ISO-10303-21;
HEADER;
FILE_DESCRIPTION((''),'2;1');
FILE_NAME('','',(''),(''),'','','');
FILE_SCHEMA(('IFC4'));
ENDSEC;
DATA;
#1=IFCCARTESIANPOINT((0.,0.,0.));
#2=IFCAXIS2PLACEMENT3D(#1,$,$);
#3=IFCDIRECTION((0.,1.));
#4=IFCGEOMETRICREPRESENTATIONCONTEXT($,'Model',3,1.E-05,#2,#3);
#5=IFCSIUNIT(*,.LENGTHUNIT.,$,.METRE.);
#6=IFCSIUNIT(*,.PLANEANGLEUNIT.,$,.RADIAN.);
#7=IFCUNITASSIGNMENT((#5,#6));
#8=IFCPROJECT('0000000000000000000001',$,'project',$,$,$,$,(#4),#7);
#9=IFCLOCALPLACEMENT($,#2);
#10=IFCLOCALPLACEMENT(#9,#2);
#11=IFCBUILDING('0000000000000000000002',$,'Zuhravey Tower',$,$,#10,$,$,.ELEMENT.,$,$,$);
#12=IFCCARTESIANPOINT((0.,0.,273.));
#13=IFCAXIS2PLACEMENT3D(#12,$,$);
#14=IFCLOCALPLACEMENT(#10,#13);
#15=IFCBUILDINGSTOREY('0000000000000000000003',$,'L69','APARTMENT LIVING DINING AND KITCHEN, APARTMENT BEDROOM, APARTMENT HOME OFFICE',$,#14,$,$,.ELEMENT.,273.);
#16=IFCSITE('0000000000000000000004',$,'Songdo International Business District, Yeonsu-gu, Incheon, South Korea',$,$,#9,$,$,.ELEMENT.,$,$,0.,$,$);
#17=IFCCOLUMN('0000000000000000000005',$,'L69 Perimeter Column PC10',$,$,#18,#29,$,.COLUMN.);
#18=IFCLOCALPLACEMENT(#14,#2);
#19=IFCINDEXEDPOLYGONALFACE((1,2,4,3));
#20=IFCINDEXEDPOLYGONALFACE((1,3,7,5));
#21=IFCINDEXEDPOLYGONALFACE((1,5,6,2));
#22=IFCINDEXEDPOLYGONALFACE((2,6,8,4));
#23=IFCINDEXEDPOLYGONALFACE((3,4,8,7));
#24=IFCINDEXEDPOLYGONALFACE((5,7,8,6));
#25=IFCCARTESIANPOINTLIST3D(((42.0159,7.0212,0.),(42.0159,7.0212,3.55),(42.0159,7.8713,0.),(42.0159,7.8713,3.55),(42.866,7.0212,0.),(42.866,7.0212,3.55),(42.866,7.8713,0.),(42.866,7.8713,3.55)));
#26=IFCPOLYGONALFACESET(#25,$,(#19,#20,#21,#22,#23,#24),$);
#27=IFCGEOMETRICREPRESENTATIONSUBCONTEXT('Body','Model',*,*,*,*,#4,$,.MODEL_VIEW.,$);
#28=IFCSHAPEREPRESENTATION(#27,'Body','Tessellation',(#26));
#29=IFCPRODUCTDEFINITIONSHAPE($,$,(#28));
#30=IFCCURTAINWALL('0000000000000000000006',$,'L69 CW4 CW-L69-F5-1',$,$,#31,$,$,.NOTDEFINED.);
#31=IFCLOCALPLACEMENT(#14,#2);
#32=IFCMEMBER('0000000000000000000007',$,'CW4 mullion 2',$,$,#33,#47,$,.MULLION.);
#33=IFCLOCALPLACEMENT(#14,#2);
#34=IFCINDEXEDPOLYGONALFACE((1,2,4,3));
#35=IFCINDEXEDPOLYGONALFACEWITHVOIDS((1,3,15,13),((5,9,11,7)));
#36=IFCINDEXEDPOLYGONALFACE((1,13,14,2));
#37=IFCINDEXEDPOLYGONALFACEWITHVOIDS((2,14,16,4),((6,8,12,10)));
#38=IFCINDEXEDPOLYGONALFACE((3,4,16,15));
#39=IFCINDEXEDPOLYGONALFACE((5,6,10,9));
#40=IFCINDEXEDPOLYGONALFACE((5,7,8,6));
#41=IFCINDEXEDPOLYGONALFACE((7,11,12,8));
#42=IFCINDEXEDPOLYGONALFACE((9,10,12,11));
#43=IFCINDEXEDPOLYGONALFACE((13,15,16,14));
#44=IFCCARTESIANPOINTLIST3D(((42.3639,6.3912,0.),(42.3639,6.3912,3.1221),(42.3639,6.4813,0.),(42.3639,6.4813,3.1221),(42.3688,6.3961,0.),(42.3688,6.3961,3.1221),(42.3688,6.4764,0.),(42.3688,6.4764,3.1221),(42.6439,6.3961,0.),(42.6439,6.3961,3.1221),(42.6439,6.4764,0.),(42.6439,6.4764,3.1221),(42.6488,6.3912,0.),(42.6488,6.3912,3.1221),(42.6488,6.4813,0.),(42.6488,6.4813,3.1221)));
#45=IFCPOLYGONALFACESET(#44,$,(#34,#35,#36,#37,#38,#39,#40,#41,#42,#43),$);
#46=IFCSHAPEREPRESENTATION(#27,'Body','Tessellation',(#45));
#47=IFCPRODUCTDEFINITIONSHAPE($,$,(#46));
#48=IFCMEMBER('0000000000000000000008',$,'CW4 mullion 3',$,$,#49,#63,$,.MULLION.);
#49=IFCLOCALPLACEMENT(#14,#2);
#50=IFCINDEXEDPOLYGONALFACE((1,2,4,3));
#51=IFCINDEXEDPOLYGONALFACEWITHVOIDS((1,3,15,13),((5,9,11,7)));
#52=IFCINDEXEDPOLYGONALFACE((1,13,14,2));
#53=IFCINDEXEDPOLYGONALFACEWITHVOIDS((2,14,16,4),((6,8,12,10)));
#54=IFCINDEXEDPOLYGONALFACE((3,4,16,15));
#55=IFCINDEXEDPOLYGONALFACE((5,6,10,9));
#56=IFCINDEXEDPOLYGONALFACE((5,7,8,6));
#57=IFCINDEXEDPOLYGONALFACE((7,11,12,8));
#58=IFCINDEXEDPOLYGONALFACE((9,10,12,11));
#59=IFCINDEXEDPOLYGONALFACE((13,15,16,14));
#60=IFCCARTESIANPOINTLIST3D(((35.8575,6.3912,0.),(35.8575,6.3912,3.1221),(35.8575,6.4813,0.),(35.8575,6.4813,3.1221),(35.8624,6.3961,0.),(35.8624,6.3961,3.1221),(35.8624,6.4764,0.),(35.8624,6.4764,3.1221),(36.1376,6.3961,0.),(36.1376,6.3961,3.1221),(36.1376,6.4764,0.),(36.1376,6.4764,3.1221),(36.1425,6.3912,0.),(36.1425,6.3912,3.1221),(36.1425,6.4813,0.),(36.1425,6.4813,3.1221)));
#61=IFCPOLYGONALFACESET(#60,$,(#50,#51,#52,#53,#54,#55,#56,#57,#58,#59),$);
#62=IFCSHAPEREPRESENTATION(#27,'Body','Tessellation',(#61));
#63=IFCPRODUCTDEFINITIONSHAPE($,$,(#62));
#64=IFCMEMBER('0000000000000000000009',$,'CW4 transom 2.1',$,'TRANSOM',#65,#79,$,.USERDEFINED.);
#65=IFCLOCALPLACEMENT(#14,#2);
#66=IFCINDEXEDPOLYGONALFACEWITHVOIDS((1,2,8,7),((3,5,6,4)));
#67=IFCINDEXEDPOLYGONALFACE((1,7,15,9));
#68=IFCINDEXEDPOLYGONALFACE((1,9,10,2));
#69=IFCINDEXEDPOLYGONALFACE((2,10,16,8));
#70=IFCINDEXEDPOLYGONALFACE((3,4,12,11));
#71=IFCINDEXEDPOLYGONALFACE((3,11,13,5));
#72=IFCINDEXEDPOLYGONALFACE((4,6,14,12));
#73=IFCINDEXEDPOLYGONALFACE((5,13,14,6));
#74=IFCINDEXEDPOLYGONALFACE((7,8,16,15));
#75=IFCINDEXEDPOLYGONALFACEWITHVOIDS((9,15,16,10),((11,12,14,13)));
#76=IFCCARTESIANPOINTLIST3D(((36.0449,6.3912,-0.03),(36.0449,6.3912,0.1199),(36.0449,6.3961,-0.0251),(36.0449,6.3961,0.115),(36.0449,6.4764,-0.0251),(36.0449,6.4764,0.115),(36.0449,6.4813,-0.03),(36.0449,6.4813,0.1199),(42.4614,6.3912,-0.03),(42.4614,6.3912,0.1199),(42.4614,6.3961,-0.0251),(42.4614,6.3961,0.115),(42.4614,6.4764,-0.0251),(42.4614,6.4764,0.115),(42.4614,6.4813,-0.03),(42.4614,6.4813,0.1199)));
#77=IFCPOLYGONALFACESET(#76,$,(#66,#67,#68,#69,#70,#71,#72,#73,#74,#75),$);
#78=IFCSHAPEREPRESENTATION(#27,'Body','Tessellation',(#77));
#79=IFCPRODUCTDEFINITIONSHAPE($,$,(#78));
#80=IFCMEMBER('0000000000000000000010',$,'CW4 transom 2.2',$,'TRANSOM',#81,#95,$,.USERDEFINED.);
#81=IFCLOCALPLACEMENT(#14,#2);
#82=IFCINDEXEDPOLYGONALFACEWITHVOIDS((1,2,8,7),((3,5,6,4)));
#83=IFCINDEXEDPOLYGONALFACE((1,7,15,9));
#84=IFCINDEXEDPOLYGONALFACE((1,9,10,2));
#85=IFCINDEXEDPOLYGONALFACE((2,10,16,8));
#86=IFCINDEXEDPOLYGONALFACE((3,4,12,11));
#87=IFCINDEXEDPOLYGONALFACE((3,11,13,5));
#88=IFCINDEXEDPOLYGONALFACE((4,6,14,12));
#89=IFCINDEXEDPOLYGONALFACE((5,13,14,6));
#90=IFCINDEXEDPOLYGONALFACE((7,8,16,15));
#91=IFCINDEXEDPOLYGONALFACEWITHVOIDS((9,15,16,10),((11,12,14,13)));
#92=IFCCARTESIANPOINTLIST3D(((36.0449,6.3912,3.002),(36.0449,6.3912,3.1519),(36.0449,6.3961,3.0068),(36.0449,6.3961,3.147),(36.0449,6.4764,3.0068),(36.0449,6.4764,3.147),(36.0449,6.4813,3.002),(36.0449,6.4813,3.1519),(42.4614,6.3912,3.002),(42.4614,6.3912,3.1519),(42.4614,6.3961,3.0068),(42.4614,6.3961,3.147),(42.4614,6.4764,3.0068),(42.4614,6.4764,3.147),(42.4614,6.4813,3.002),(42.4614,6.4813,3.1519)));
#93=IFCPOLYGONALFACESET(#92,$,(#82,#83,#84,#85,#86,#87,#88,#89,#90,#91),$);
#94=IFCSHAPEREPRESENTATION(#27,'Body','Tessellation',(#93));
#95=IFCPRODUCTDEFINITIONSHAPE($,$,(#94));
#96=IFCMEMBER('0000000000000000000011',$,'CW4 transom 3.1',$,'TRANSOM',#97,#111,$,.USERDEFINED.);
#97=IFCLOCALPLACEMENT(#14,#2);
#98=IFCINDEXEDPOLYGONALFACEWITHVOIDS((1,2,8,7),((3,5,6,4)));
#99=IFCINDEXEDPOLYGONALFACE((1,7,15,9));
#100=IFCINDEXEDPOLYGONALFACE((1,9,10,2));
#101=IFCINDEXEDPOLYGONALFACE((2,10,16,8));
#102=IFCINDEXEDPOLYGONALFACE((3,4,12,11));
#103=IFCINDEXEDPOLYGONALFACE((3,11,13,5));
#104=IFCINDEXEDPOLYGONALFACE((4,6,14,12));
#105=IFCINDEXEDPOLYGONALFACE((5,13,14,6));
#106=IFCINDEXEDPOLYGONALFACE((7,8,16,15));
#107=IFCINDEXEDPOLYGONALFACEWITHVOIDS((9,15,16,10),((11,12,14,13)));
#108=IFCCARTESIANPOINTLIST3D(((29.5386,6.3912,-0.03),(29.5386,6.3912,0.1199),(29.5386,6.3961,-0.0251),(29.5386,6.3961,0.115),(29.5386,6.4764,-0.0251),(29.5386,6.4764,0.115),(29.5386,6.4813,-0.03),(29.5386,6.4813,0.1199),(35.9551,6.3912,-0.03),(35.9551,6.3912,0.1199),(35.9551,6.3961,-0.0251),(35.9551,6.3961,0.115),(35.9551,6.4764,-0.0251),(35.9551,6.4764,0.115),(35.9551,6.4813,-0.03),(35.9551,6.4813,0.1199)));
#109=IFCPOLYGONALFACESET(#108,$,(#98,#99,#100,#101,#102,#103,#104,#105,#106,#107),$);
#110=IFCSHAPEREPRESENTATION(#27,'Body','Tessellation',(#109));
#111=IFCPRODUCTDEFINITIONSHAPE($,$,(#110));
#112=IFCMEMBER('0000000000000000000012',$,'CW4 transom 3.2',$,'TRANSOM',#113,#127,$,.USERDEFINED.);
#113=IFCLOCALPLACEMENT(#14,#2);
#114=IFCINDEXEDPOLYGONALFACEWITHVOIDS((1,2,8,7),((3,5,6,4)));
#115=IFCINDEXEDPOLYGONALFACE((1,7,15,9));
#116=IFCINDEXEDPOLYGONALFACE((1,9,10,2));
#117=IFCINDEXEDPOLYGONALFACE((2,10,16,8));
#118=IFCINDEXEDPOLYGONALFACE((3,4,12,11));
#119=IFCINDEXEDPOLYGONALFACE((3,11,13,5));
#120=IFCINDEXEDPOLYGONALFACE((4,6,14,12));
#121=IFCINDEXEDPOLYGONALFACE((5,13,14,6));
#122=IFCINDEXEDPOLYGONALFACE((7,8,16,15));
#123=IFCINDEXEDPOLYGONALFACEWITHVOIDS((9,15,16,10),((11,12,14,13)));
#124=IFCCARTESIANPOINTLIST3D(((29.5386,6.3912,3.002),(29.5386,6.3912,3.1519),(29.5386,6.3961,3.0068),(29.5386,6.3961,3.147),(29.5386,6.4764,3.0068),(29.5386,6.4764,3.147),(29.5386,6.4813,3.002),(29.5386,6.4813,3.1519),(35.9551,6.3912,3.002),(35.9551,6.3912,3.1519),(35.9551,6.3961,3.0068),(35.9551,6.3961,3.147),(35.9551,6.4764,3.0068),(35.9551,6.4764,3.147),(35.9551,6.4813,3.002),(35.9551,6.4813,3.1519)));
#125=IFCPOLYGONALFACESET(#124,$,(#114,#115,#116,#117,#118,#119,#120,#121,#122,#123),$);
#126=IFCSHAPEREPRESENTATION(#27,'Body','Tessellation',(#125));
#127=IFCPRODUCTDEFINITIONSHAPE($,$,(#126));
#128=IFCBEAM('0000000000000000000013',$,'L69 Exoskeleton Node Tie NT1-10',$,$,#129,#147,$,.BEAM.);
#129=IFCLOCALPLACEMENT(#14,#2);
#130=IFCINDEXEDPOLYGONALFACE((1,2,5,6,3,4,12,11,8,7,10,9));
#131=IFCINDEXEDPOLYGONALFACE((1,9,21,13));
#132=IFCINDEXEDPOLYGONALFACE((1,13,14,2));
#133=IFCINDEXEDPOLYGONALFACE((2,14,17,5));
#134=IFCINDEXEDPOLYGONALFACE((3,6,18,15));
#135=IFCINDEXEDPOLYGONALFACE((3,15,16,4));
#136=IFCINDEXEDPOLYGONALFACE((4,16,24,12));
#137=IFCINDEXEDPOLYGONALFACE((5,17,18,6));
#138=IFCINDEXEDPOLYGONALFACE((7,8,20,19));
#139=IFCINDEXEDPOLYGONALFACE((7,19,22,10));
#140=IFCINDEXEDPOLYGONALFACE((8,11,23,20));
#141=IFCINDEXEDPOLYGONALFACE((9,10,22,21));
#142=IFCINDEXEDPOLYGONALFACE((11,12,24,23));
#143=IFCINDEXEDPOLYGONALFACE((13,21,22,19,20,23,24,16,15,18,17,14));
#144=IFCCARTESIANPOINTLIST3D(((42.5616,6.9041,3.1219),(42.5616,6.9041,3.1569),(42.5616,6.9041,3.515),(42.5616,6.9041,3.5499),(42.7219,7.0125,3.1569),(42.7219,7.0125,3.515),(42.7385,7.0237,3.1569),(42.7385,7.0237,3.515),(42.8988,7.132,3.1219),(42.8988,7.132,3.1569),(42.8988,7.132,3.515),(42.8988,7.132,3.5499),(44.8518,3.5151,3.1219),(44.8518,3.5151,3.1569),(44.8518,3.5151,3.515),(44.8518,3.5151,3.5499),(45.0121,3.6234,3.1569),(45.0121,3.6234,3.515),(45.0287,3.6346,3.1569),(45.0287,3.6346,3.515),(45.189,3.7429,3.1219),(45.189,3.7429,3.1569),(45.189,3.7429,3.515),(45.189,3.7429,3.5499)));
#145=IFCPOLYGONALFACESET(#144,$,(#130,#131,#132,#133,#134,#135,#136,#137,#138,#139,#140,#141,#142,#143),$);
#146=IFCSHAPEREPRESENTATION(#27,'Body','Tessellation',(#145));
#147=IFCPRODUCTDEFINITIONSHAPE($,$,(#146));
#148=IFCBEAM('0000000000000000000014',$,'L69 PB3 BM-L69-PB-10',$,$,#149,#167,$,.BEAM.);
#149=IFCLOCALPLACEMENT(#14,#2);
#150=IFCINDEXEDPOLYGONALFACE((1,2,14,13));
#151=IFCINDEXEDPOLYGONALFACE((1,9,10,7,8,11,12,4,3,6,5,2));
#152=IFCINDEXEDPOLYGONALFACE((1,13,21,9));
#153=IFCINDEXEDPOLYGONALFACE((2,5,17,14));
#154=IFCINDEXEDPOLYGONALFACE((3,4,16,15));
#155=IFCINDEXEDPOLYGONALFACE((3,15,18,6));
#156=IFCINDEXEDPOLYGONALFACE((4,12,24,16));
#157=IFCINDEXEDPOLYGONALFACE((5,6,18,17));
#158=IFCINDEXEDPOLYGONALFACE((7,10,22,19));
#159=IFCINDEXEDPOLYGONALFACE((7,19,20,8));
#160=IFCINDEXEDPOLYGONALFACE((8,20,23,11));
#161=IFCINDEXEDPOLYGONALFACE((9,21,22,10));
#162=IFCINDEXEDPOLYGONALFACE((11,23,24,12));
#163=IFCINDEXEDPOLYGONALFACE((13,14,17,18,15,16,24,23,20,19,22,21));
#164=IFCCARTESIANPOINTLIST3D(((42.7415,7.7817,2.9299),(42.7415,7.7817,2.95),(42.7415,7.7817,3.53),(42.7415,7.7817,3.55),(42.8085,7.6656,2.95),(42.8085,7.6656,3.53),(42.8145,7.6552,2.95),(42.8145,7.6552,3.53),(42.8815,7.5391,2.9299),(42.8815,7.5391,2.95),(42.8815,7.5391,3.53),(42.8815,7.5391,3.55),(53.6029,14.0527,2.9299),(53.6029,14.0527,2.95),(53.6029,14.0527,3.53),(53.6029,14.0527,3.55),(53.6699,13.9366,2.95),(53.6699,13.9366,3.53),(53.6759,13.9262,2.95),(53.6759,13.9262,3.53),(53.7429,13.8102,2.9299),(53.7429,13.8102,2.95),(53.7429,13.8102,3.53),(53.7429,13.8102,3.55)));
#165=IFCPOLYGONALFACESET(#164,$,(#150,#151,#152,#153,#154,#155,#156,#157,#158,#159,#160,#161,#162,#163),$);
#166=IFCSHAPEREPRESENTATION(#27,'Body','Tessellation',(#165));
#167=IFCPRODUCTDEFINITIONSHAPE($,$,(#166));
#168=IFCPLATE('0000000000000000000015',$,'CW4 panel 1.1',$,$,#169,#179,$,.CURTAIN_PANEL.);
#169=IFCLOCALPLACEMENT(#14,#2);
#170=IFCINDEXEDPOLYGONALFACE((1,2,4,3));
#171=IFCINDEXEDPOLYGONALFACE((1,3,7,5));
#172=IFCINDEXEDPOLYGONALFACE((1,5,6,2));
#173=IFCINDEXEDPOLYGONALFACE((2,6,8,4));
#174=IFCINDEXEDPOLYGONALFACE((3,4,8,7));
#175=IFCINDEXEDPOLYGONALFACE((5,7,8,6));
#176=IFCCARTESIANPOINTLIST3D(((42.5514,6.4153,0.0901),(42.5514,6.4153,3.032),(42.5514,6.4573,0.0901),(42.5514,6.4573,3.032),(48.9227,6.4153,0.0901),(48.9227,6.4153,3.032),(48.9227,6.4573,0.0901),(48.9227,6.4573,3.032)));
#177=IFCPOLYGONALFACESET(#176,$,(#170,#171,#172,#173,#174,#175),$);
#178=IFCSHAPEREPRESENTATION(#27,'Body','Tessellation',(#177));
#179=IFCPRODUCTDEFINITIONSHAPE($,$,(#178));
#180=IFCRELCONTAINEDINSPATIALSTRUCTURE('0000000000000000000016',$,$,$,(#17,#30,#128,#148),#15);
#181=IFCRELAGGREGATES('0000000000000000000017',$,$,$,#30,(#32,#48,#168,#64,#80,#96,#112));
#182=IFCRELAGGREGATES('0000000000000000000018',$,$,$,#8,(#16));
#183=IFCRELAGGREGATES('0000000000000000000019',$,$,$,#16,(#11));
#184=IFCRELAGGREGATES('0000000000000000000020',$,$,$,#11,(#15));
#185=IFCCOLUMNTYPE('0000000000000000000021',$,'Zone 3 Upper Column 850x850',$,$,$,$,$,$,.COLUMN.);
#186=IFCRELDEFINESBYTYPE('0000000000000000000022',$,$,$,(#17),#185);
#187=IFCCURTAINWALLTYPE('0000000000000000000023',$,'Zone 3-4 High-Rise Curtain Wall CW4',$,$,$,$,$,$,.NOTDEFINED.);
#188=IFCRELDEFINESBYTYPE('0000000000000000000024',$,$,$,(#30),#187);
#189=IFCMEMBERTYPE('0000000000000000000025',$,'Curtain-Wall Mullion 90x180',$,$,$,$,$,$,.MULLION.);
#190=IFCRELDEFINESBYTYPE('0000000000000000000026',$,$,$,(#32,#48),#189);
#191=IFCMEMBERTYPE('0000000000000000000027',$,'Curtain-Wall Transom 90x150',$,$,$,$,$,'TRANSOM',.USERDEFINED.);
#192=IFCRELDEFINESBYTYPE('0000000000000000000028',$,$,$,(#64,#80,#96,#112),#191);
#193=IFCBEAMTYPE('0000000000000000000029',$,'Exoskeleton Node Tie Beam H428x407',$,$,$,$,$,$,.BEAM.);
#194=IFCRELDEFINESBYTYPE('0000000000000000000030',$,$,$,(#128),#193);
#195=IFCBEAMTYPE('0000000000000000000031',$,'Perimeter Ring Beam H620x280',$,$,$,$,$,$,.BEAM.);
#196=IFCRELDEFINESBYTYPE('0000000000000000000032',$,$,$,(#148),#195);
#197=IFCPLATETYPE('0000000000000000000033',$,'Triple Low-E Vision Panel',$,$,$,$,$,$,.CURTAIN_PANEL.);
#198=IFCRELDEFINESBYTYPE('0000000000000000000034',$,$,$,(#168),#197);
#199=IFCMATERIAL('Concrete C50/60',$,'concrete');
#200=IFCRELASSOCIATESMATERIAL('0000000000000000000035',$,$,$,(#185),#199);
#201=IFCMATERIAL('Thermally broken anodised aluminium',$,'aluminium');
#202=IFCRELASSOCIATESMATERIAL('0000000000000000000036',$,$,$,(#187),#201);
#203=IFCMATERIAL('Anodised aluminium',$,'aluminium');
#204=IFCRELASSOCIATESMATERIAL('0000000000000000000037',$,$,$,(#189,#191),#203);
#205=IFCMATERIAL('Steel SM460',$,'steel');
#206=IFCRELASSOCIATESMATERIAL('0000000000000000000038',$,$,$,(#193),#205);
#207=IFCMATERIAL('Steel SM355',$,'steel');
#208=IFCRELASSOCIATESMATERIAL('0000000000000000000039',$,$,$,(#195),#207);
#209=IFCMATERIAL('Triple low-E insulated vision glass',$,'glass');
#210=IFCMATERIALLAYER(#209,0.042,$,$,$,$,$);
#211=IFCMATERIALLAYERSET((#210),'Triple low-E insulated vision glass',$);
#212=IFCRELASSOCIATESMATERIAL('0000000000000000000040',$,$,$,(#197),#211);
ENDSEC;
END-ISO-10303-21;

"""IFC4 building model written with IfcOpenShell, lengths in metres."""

from ifc_helpers import new_model, si_unit, direction, frame, origin, origin_2d, place, context, subcontext, project, spatial, rectangle, hollow_rectangle, i_section, extrude, material, layer, layer_set, material_profile, profile_set, type_object, element, aggregate, save


model = new_model("IFC4")

# Units and contexts
model_context = context("Model", 3, precision=1e-05, world=origin(), true_north=direction((0.0, 1.0)))
body_context = subcontext(model_context, "Body", "Model", "MODEL_VIEW")
ifc_project = project(units=[si_unit("LENGTHUNIT", "METRE"), si_unit("PLANEANGLEUNIT", "RADIAN")], contexts=[model_context])

# Site, building, storey
site_placement = place(None, origin())
site = spatial("IfcSite", under=ifc_project, at=site_placement, Name="Songdo International Business District, Yeonsu-gu, Incheon, South Korea", CompositionType="ELEMENT", RefElevation=0.0)
building_placement = place(site_placement, origin())
building = spatial("IfcBuilding", under=site, at=building_placement, Name="Zuhravey Tower", CompositionType="ELEMENT")
storey_placement = place(building_placement, frame((0.0, 0.0, 273.0)))
storey = spatial("IfcBuildingStorey", under=building, at=storey_placement, Name="L69", Description="APARTMENT LIVING DINING AND KITCHEN, APARTMENT BEDROOM, APARTMENT HOME OFFICE", CompositionType="ELEMENT", Elevation=273.0)

# Column
ifc_material_1 = material(Name="Concrete C50/60", Category="concrete")
ifc_material_profile_1 = material_profile(ifc_material_1, rectangle(XDim=0.8501, YDim=0.8501, at=origin_2d()), Name="RC-850x850")
ifc_profile_set_1 = profile_set([ifc_material_profile_1], Name="Concrete C50/60")
column_type = type_object("IfcColumnType", Name="Zone 3 Upper Column 850x850", PredefinedType="COLUMN", material=ifc_profile_set_1)
column_placement = place(storey_placement, frame((42.4409, 7.4463, 0.0), z_axis=(0.0, 0.0, 1.0), x_axis=(1.0, 0.0, 0.0)))
element("IfcColumn", 1, at=column_placement, inside=storey, type_object=column_type, Name="L69 Perimeter Column PC10", PredefinedType="COLUMN", context=body_context, shape_type="SweptSolid", body=[
    extrude(rectangle(XDim=0.8501, YDim=0.8501, at=origin_2d()), origin(), (0.0, 0.0, 1.0), 3.55),
])

# Curtain wall, members
ifc_material_2 = material(Name="Thermally broken anodised aluminium", Category="aluminium")
curtain_wall_type = type_object("IfcCurtainWallType", Name="Zone 3-4 High-Rise Curtain Wall CW4", PredefinedType="NOTDEFINED", material=ifc_material_2)
curtain_wall_placement = place(storey_placement, origin())
curtain_wall = element("IfcCurtainWall", 2, at=curtain_wall_placement, inside=storey, type_object=curtain_wall_type, Name="L69 CW4 CW-L69-F5-1", PredefinedType="NOTDEFINED")
ifc_material_3 = material(Name="Anodised aluminium", Category="aluminium")
ifc_material_profile_2 = material_profile(ifc_material_3, hollow_rectangle(XDim=0.0901, YDim=0.2849, WallThickness=0.0049, at=origin_2d()), Name="ALU-RHS-90x285x5")
ifc_profile_set_2 = profile_set([ifc_material_profile_2], Name="Anodised aluminium")
member_type_1 = type_object("IfcMemberType", Name="Curtain-Wall Mullion 90x180", PredefinedType="MULLION", material=ifc_profile_set_2)
member_1_placement = place(storey_placement, frame((42.5063, 6.4363, 0.0), z_axis=(0.0, 0.0, 1.0), x_axis=(0.0, -1.0, 0.0)))
member_1 = element("IfcMember", 3, at=member_1_placement, type_object=member_type_1, Name="CW4 mullion 2", PredefinedType="MULLION", context=body_context, shape_type="SweptSolid", body=[
    extrude(hollow_rectangle(XDim=0.0901, YDim=0.2849, WallThickness=0.0049, at=origin_2d()), origin(), (0.0, 0.0, 1.0), 3.1221),
])
member_2_placement = place(storey_placement, frame((36.0, 6.4363, 0.0), z_axis=(0.0, 0.0, 1.0), x_axis=(0.0, -1.0, 0.0)))
member_2 = element("IfcMember", 4, at=member_2_placement, type_object=member_type_1, Name="CW4 mullion 3", PredefinedType="MULLION", context=body_context, shape_type="SweptSolid", body=[
    extrude(hollow_rectangle(XDim=0.0901, YDim=0.2849, WallThickness=0.0049, at=origin_2d()), origin(), (0.0, 0.0, 1.0), 3.1221),
])
ifc_material_profile_3 = material_profile(ifc_material_3, hollow_rectangle(XDim=0.0901, YDim=0.1499, WallThickness=0.0049, at=origin_2d()), Name="ALU-RHS-90x150x5")
ifc_profile_set_3 = profile_set([ifc_material_profile_3], Name="Anodised aluminium")
member_type_2 = type_object("IfcMemberType", Name="Curtain-Wall Transom 90x150", ElementType="TRANSOM", PredefinedType="USERDEFINED", material=ifc_profile_set_3)
member_3_placement = place(storey_placement, frame((42.4614, 6.4363, 0.0449), z_axis=(-1.0, 0.0, 0.0), x_axis=(0.0, -1.0, 0.0)))
member_3 = element("IfcMember", 5, at=member_3_placement, type_object=member_type_2, Name="CW4 transom 2.1", ObjectType="TRANSOM", PredefinedType="USERDEFINED", context=body_context, shape_type="SweptSolid", body=[
    extrude(hollow_rectangle(XDim=0.0901, YDim=0.1499, WallThickness=0.0049, at=origin_2d()), origin(), (0.0, 0.0, 1.0), 6.4165),
])
member_4_placement = place(storey_placement, frame((42.4614, 6.4363, 3.0769), z_axis=(-1.0, 0.0, 0.0), x_axis=(0.0, -1.0, 0.0)))
member_4 = element("IfcMember", 6, at=member_4_placement, type_object=member_type_2, Name="CW4 transom 2.2", ObjectType="TRANSOM", PredefinedType="USERDEFINED", context=body_context, shape_type="SweptSolid", body=[
    extrude(hollow_rectangle(XDim=0.0901, YDim=0.1499, WallThickness=0.0049, at=origin_2d()), origin(), (0.0, 0.0, 1.0), 6.4165),
])
member_5_placement = place(storey_placement, frame((35.9551, 6.4363, 0.0449), z_axis=(-1.0, 0.0, 0.0), x_axis=(0.0, -1.0, 0.0)))
member_5 = element("IfcMember", 7, at=member_5_placement, type_object=member_type_2, Name="CW4 transom 3.1", ObjectType="TRANSOM", PredefinedType="USERDEFINED", context=body_context, shape_type="SweptSolid", body=[
    extrude(hollow_rectangle(XDim=0.0901, YDim=0.1499, WallThickness=0.0049, at=origin_2d()), origin(), (0.0, 0.0, 1.0), 6.4165),
])
member_6_placement = place(storey_placement, frame((35.9551, 6.4363, 3.0769), z_axis=(-1.0, 0.0, 0.0), x_axis=(0.0, -1.0, 0.0)))
member_6 = element("IfcMember", 8, at=member_6_placement, type_object=member_type_2, Name="CW4 transom 3.2", ObjectType="TRANSOM", PredefinedType="USERDEFINED", context=body_context, shape_type="SweptSolid", body=[
    extrude(hollow_rectangle(XDim=0.0901, YDim=0.1499, WallThickness=0.0049, at=origin_2d()), origin(), (0.0, 0.0, 1.0), 6.4165),
])

# Beams
ifc_material_4 = material(Name="Steel SM460", Category="steel")
ifc_material_profile_4 = material_profile(ifc_material_4, i_section(OverallWidth=0.407, OverallDepth=0.428, WebThickness=0.02, FlangeThickness=0.0349, at=origin_2d()), Name="H-428x407x20x35")
ifc_profile_set_4 = profile_set([ifc_material_profile_4], Name="Steel SM460")
beam_type_1 = type_object("IfcBeamType", Name="Exoskeleton Node Tie Beam H428x407", PredefinedType="BEAM", material=ifc_profile_set_4)
beam_1_placement = place(storey_placement, frame((42.7302, 7.0181, 3.3359), z_axis=(0.559909, -0.828554, 0.0), x_axis=(0.828554, 0.559909, 0.0)))
element("IfcBeam", 9, at=beam_1_placement, inside=storey, type_object=beam_type_1, Name="L69 Exoskeleton Node Tie NT1-10", PredefinedType="BEAM", context=body_context, shape_type="SweptSolid", body=[
    extrude(i_section(OverallWidth=0.407, OverallDepth=0.428, WebThickness=0.02, FlangeThickness=0.0349, at=origin_2d()), origin(), (0.0, 0.0, 1.0), 4.0903),
])
ifc_material_5 = material(Name="Steel SM355", Category="steel")
ifc_material_profile_5 = material_profile(ifc_material_5, i_section(OverallWidth=0.28, OverallDepth=0.6201, WebThickness=0.012, FlangeThickness=0.02, at=origin_2d()), Name="H-620x280x12x20")
ifc_profile_set_5 = profile_set([ifc_material_profile_5], Name="Steel SM355")
beam_type_2 = type_object("IfcBeamType", Name="Perimeter Ring Beam H620x280", PredefinedType="BEAM", material=ifc_profile_set_5)
beam_2_placement = place(storey_placement, frame((42.8115, 7.6604, 3.24), z_axis=(0.866018, 0.500012, 0.0), x_axis=(-0.500012, 0.866018, 0.0)))
element("IfcBeam", 10, at=beam_2_placement, inside=storey, type_object=beam_type_2, Name="L69 PB3 BM-L69-PB-10", PredefinedType="BEAM", context=body_context, shape_type="SweptSolid", body=[
    extrude(i_section(OverallWidth=0.28, OverallDepth=0.6201, WebThickness=0.012, FlangeThickness=0.02, at=origin_2d()), origin(), (0.0, 0.0, 1.0), 12.5417),
])

# Plate
ifc_material_6 = material(Name="Triple low-E insulated vision glass", Category="glass")
ifc_layer_1 = layer(ifc_material_6, 0.042)
ifc_layer_set_1 = layer_set([ifc_layer_1], Name="Triple low-E insulated vision glass")
plate_type = type_object("IfcPlateType", Name="Triple Low-E Vision Panel", PredefinedType="CURTAIN_PANEL", material=ifc_layer_set_1)
plate_1_placement = place(storey_placement, frame((45.7371, 6.4363, 0.0901), z_axis=(0.0, 0.0, 1.0), x_axis=(-1.0, 0.0, 0.0)))
plate_1 = element("IfcPlate", 11, at=plate_1_placement, type_object=plate_type, Name="CW4 panel 1.1", PredefinedType="CURTAIN_PANEL", context=body_context, shape_type="SweptSolid", body=[
    extrude(rectangle(XDim=6.3713, YDim=0.042, at=origin_2d()), origin(), (0.0, 0.0, 1.0), 2.9419),
])
aggregate(curtain_wall, [member_1, member_2, plate_1, member_3, member_4, member_5, member_6])

save(model, "model.ifc")
